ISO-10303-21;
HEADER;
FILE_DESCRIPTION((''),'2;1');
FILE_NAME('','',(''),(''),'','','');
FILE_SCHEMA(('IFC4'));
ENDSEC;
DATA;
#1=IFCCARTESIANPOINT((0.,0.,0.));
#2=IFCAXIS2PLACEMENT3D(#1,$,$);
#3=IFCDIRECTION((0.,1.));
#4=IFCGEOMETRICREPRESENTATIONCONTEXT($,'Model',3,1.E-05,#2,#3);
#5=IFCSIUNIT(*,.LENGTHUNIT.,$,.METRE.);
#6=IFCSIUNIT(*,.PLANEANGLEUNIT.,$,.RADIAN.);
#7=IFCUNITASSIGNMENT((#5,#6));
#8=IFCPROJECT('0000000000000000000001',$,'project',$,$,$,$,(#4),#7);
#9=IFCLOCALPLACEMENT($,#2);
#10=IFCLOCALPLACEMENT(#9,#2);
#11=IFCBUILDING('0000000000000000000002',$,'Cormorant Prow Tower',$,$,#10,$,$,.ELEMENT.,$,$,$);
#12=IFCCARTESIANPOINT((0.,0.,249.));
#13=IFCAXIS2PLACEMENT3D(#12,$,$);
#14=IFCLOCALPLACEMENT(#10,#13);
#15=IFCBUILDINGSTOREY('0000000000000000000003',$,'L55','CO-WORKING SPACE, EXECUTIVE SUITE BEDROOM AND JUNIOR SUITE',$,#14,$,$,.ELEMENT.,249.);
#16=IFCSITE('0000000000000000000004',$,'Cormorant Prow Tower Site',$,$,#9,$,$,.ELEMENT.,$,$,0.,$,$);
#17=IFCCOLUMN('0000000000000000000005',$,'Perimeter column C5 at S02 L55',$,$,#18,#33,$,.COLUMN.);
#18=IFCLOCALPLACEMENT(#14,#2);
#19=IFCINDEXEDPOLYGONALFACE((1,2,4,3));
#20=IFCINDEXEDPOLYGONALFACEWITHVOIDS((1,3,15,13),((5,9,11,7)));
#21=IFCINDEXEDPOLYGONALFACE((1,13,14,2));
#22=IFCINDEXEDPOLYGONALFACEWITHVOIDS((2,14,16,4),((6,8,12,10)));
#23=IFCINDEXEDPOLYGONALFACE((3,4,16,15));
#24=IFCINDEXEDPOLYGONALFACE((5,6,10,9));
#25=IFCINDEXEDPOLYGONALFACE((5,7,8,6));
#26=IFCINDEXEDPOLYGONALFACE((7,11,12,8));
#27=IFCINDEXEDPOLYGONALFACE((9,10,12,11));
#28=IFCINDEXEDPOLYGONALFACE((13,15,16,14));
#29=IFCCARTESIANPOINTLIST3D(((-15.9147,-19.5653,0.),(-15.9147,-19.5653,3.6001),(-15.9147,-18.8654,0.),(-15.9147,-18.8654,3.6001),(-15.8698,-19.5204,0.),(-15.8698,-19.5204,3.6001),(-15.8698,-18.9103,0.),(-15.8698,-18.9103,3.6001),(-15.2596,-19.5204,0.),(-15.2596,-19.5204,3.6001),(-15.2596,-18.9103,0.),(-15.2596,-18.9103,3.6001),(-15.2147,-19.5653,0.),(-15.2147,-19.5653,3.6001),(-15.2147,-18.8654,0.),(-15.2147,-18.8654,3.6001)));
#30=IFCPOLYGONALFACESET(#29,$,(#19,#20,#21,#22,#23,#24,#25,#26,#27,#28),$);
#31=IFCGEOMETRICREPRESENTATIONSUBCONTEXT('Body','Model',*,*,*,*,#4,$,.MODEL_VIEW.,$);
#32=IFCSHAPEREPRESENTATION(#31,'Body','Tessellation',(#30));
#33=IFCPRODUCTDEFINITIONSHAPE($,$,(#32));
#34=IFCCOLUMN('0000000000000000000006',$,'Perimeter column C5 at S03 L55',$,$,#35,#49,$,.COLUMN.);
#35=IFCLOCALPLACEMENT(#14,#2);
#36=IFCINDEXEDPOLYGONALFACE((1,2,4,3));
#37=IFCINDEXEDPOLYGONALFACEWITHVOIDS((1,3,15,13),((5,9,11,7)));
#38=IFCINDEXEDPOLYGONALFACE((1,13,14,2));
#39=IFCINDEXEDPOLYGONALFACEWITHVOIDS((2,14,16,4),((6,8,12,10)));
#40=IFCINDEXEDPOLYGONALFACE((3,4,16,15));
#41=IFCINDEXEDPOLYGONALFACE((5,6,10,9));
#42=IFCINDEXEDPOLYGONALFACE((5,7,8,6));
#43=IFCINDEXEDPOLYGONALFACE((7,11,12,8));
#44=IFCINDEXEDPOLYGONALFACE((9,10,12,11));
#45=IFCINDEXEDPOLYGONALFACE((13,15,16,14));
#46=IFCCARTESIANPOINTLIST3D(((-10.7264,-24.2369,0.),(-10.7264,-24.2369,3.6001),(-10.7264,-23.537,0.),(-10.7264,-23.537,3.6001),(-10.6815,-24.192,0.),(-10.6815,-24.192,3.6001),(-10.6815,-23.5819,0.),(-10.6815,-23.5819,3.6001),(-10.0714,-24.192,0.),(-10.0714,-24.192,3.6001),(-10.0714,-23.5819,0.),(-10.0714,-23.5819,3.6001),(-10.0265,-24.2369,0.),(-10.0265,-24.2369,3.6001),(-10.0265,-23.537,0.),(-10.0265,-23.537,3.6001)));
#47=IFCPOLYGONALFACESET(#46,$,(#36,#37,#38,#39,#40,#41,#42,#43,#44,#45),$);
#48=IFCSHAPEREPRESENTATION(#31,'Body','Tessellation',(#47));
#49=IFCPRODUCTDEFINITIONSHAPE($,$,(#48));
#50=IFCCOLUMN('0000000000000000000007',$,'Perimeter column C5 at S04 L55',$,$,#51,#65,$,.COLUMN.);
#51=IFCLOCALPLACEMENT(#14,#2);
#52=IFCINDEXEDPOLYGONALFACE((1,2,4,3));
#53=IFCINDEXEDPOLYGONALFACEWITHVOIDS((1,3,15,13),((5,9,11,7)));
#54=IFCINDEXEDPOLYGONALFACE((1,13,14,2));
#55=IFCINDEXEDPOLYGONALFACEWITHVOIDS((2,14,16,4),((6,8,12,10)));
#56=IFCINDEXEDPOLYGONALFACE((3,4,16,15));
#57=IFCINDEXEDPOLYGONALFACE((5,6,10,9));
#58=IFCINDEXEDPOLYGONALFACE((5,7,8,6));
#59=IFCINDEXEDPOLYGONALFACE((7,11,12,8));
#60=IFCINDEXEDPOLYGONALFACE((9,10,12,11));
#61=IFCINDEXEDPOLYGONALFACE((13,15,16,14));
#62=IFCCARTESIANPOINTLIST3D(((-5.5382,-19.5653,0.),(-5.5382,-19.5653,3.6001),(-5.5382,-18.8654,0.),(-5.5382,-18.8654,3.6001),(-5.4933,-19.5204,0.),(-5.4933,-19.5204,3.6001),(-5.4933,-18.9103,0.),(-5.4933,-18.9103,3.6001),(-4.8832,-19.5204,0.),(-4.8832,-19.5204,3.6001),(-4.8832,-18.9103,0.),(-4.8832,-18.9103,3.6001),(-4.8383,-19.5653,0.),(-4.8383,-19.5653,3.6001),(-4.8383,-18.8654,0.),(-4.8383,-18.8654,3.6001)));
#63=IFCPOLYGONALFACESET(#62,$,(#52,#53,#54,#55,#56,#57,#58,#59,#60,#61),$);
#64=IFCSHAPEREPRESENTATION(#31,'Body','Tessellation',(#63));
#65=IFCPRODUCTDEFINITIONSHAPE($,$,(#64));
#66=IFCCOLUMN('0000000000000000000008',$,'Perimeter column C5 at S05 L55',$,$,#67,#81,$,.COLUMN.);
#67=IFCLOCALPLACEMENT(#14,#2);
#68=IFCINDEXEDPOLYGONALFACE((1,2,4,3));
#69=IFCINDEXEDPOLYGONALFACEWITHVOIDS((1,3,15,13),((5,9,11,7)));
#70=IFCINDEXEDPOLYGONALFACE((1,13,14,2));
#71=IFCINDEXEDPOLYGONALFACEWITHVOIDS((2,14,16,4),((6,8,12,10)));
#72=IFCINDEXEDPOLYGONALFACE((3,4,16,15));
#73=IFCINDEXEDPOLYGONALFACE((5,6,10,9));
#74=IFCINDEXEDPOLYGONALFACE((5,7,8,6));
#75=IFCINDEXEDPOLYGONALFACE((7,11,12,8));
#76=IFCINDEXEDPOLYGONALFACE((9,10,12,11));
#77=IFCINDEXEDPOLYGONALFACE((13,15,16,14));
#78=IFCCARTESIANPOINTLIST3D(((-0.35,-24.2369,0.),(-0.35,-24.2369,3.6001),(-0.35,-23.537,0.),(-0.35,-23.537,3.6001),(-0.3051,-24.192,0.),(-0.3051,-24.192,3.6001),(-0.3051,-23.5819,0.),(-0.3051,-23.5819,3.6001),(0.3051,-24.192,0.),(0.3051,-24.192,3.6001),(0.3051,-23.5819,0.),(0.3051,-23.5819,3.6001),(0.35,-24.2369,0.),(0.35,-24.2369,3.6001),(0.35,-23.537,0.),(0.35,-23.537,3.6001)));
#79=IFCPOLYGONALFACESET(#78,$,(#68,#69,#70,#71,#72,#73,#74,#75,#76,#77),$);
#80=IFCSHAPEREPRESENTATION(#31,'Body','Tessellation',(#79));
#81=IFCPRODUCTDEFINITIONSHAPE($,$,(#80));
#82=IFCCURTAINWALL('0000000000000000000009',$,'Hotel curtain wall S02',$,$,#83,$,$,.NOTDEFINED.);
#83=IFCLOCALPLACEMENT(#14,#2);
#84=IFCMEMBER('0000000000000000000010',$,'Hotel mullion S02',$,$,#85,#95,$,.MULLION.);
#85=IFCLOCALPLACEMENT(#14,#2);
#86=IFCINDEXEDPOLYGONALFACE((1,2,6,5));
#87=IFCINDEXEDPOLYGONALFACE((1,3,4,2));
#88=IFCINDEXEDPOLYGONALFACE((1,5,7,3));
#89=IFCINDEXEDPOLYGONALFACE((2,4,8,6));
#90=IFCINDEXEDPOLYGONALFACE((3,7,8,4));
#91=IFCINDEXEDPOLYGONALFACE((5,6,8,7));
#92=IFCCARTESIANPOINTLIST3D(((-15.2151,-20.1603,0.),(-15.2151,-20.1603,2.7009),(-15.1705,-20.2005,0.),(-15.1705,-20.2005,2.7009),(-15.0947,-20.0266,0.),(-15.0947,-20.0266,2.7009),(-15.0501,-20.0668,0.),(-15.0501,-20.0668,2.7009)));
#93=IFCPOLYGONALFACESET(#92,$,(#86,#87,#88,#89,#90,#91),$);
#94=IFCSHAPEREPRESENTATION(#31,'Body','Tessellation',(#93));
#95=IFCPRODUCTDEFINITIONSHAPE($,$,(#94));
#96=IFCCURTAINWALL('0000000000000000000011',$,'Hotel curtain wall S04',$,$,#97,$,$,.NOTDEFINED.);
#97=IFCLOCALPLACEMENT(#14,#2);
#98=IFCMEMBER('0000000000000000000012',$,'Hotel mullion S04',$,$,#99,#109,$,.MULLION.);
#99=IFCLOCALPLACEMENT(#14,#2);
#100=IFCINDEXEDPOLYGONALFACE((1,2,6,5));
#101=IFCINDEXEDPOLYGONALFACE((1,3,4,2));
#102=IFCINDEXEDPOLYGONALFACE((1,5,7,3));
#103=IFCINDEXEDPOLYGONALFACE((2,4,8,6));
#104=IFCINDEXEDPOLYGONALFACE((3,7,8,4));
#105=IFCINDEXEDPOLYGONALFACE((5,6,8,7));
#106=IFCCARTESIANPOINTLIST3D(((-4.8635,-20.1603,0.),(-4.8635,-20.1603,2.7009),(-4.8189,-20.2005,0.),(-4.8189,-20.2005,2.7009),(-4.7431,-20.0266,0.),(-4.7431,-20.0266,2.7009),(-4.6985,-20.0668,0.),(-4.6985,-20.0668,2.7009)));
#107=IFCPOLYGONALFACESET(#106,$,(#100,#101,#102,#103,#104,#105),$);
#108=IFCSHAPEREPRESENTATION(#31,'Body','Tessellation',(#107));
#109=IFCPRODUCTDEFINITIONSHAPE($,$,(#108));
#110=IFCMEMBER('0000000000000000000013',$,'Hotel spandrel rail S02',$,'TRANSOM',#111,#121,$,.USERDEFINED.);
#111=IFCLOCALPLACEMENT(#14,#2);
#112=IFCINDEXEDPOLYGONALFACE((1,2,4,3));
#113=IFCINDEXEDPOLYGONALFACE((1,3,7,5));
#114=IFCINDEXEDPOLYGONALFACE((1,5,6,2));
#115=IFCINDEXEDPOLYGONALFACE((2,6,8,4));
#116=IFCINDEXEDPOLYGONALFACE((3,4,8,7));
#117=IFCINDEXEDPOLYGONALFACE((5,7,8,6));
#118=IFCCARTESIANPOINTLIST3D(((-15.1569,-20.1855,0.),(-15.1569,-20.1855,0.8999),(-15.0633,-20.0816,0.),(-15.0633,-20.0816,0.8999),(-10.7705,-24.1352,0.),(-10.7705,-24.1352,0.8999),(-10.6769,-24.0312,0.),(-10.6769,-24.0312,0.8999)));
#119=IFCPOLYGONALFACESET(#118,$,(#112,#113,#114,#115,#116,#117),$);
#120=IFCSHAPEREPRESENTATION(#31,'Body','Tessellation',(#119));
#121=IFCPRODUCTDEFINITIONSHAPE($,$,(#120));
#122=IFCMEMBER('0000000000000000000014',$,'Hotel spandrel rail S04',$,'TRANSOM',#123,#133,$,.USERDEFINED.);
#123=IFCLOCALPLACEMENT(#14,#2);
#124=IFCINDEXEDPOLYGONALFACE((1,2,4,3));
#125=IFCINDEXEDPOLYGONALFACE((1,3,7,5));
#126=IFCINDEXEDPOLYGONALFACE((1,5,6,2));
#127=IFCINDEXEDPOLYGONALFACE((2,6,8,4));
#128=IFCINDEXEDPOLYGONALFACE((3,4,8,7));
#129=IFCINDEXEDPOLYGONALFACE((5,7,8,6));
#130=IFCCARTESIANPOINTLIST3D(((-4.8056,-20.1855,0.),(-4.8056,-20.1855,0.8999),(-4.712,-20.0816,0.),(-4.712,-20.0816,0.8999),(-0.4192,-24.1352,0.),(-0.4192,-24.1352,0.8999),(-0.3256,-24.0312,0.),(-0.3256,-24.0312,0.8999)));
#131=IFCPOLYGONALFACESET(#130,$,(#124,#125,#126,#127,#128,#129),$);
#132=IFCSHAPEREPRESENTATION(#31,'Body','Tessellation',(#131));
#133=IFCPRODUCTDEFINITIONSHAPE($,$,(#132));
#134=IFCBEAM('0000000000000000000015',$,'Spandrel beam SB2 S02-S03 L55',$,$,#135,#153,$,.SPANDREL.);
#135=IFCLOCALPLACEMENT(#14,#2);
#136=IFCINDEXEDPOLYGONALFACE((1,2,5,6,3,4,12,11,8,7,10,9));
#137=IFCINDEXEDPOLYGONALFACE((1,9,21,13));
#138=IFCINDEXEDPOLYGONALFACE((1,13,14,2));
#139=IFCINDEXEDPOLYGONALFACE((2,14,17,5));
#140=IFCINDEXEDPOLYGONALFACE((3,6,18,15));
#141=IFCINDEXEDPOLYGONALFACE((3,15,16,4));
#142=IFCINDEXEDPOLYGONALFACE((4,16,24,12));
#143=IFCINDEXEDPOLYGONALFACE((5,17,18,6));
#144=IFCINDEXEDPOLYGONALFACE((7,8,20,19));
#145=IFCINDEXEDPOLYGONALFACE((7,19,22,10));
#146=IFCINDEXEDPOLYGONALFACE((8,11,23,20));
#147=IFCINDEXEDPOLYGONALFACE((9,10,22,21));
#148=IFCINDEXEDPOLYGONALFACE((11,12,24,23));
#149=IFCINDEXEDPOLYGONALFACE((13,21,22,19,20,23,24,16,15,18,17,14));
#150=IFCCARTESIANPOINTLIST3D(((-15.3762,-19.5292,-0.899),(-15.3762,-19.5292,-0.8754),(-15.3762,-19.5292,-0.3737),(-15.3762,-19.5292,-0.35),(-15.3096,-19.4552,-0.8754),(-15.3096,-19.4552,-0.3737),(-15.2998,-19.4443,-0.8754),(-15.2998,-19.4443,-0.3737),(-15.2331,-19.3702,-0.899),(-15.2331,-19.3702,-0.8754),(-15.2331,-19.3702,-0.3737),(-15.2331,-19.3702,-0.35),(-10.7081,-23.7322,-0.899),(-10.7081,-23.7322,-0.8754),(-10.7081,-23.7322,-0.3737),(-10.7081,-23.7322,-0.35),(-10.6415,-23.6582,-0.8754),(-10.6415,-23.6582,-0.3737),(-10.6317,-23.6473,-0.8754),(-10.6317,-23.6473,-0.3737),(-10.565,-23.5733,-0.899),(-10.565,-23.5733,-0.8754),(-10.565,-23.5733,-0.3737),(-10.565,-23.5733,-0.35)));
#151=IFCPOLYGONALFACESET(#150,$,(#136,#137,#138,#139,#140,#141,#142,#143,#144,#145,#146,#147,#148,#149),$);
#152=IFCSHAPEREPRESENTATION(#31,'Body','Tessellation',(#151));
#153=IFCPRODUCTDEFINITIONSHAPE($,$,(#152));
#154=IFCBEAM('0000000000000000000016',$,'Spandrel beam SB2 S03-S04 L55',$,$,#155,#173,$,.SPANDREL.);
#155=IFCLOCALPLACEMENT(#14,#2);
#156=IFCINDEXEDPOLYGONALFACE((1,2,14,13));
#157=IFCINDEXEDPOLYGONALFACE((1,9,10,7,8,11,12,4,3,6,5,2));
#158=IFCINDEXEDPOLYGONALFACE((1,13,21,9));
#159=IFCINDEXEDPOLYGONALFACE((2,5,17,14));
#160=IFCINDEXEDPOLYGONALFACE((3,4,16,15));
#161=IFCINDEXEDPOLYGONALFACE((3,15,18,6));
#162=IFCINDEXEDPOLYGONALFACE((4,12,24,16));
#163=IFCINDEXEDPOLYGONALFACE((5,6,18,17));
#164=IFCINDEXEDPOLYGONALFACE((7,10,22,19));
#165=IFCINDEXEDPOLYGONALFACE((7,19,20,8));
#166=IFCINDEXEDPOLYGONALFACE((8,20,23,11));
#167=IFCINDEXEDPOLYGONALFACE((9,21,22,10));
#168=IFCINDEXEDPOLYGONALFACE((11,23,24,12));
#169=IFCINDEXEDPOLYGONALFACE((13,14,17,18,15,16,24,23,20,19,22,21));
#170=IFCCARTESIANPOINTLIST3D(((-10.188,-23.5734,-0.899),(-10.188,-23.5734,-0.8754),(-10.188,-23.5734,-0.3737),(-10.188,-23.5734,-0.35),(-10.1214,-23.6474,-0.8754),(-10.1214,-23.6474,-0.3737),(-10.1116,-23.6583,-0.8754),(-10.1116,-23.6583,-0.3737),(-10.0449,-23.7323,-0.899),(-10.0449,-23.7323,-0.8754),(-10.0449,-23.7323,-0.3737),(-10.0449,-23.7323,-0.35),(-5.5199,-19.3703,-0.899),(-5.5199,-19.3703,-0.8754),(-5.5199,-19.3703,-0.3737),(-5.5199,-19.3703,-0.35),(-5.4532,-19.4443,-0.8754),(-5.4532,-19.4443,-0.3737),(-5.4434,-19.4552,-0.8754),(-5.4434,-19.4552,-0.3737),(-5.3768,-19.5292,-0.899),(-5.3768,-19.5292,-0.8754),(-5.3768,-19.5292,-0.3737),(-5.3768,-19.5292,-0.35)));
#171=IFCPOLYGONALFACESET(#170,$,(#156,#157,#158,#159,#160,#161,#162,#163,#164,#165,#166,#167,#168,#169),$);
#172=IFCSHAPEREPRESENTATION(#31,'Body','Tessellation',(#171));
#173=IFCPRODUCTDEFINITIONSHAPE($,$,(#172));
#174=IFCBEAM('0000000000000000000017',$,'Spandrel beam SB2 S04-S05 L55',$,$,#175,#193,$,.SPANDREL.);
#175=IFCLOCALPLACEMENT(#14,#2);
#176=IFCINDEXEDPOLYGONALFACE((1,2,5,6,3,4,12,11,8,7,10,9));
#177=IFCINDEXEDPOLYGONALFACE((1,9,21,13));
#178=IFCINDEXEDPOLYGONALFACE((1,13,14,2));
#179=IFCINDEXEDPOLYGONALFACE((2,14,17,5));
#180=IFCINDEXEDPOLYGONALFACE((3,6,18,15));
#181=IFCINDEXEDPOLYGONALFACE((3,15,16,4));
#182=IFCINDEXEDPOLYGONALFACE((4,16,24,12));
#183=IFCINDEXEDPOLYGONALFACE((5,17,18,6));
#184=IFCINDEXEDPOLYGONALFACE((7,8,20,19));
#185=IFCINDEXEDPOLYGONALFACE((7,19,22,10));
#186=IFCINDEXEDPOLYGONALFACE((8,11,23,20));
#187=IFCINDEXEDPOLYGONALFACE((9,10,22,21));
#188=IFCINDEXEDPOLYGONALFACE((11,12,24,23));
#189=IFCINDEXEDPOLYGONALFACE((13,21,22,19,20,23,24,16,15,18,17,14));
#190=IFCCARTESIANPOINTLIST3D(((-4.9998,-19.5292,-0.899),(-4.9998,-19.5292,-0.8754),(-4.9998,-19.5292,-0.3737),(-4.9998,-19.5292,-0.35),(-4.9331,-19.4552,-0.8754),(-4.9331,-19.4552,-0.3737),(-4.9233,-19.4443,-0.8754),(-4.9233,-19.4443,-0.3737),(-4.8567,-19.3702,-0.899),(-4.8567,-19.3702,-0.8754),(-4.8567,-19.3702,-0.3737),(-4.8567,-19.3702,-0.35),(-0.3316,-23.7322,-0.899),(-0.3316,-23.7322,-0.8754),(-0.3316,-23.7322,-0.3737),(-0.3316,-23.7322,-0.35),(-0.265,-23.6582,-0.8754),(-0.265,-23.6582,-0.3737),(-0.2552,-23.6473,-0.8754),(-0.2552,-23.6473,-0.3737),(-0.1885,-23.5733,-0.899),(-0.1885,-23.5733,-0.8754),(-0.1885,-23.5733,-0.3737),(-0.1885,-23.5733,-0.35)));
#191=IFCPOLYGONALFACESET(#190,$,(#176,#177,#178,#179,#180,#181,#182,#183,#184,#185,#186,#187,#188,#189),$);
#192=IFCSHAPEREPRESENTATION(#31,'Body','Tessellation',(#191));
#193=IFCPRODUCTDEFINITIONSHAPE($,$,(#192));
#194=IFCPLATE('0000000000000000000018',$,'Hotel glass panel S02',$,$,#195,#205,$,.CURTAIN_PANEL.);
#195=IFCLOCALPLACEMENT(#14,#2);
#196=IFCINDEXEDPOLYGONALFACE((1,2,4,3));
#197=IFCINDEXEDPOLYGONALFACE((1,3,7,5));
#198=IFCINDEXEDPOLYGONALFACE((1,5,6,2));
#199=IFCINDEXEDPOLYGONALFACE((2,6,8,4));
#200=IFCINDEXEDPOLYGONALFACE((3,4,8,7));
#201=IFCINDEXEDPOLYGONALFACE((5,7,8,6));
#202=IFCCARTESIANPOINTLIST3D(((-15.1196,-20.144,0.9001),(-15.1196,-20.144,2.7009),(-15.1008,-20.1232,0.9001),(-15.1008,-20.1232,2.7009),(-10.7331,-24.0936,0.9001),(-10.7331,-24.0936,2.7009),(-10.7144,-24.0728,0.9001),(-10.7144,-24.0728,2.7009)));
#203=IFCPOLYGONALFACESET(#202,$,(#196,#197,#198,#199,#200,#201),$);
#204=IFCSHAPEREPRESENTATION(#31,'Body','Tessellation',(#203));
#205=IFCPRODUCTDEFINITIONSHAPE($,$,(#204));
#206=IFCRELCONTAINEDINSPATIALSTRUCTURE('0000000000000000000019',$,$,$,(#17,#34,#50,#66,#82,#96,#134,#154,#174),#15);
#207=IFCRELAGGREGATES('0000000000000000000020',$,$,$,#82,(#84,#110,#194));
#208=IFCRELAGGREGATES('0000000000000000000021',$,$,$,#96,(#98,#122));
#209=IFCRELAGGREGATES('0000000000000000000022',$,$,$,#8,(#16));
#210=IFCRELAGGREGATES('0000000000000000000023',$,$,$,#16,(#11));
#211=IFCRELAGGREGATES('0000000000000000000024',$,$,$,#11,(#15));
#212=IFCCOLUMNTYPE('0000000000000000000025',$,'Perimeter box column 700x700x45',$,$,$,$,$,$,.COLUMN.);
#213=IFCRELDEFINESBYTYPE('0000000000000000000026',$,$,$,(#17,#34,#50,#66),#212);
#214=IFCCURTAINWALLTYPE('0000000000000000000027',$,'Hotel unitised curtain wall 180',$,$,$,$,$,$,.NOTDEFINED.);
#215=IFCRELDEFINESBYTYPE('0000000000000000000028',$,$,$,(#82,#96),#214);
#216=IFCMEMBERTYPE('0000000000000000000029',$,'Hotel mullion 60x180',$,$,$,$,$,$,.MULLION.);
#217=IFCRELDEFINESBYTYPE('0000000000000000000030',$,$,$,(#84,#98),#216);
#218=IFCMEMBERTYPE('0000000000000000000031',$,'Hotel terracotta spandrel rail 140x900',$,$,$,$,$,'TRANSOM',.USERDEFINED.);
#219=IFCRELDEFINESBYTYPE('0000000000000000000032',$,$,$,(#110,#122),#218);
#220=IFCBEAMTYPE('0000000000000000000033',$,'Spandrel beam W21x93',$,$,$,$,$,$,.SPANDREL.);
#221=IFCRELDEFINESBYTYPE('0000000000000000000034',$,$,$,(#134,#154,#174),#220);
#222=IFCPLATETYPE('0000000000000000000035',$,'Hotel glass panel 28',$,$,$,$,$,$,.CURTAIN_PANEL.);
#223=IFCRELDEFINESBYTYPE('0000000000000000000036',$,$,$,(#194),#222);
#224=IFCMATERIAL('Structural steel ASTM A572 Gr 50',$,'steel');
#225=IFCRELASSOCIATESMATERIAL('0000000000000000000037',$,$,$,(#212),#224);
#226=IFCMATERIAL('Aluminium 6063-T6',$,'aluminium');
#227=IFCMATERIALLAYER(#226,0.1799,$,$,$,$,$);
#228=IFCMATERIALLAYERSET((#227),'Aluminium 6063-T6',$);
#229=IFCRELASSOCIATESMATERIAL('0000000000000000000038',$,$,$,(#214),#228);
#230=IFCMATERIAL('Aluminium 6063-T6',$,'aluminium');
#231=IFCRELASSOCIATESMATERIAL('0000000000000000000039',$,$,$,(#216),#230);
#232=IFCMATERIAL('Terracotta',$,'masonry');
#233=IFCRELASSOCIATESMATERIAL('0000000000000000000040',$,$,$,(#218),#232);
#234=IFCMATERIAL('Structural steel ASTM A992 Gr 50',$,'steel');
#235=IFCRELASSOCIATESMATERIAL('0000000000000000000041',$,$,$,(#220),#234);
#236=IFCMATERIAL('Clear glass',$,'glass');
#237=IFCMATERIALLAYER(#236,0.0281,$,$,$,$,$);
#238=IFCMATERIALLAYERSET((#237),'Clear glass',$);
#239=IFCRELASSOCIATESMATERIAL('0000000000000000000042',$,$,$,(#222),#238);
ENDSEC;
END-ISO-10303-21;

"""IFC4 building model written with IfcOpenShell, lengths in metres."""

from ifc_helpers import new_model, si_unit, direction, frame, origin, origin_2d, place, context, subcontext, project, spatial, rectangle, hollow_rectangle, i_section, extrude, material, layer, layer_set, material_profile, profile_set, type_object, element, aggregate, save


model = new_model("IFC4")

# Units and contexts
model_context = context("Model", 3, precision=1e-05, world=origin(), true_north=direction((0.0, 1.0)))
body_context = subcontext(model_context, "Body", "Model", "MODEL_VIEW")
ifc_project = project(units=[si_unit("LENGTHUNIT", "METRE"), si_unit("PLANEANGLEUNIT", "RADIAN")], contexts=[model_context])

# Site, building, storey
site_placement = place(None, origin())
site = spatial("IfcSite", under=ifc_project, at=site_placement, Name="Cormorant Prow Tower Site", CompositionType="ELEMENT", RefElevation=0.0)
building_placement = place(site_placement, origin())
building = spatial("IfcBuilding", under=site, at=building_placement, Name="Cormorant Prow Tower", CompositionType="ELEMENT")
storey_placement = place(building_placement, frame((0.0, 0.0, 249.0)))
storey = spatial("IfcBuildingStorey", under=building, at=storey_placement, Name="L55", Description="CO-WORKING SPACE, EXECUTIVE SUITE BEDROOM AND JUNIOR SUITE", CompositionType="ELEMENT", Elevation=249.0)

# Columns
ifc_material_1 = material(Name="Structural steel ASTM A572 Gr 50", Category="steel")
ifc_material_profile_1 = material_profile(ifc_material_1, hollow_rectangle(XDim=0.7, YDim=0.7, WallThickness=0.0449, at=origin_2d()), Name="Box 700x700x45")
ifc_profile_set_1 = profile_set([ifc_material_profile_1], Name="Structural steel ASTM A572 Gr 50")
column_type = type_object("IfcColumnType", Name="Perimeter box column 700x700x45", PredefinedType="COLUMN", material=ifc_profile_set_1)
for number, where, z_axis, x_axis, name in (
    (1, (-15.5647, -19.2153, 0.0), (0.0, 0.0, 1.0), (1.0, 0.0, 0.0), "Perimeter column C5 at S02 L55"),
    (2, (-10.3765, -23.887, 0.0), (0.0, 0.0, 1.0), (1.0, 0.0, 0.0), "Perimeter column C5 at S03 L55"),
    (3, (-5.1882, -19.2153, 0.0), (0.0, 0.0, 1.0), (1.0, 0.0, 0.0), "Perimeter column C5 at S04 L55"),
    (4, (0.0, -23.887, 0.0), (0.0, 0.0, 1.0), (1.0, 0.0, 0.0), "Perimeter column C5 at S05 L55"),
):
    element("IfcColumn", number, at=place(storey_placement, frame(where, z_axis=z_axis, x_axis=x_axis)), inside=storey, type_object=column_type, Name=name, PredefinedType="COLUMN", context=body_context, shape_type="SweptSolid", body=[
        extrude(hollow_rectangle(XDim=0.7, YDim=0.7, WallThickness=0.0449, at=origin_2d()), origin(), (0.0, 0.0, 1.0), 3.6001),
    ])

# Curtain walls, members
ifc_material_2 = material(Name="Aluminium 6063-T6", Category="aluminium")
ifc_layer_1 = layer(ifc_material_2, 0.1799)
ifc_layer_set_1 = layer_set([ifc_layer_1], Name="Aluminium 6063-T6")
curtain_wall_type = type_object("IfcCurtainWallType", Name="Hotel unitised curtain wall 180", PredefinedType="NOTDEFINED", material=ifc_layer_set_1)
curtain_wall_1_placement = place(storey_placement, origin())
curtain_wall_1 = element("IfcCurtainWall", 5, at=curtain_wall_1_placement, inside=storey, type_object=curtain_wall_type, Name="Hotel curtain wall S02", PredefinedType="NOTDEFINED")
ifc_material_3 = material(Name="Aluminium 6063-T6", Category="aluminium")
ifc_material_profile_2 = material_profile(ifc_material_3, rectangle(XDim=0.1799, YDim=0.0601, at=origin_2d()), Name="Hotel mullion 60x180")
ifc_profile_set_2 = profile_set([ifc_material_profile_2], Name="Aluminium 6063-T6")
member_type_1 = type_object("IfcMemberType", Name="Hotel mullion 60x180", PredefinedType="MULLION", material=ifc_profile_set_2)
member_1_placement = place(storey_placement, frame((-15.1326, -20.1135, 0.0), z_axis=(0.0, 0.0, 1.0), x_axis=(0.669131, 0.743145, 0.0)))
member_1 = element("IfcMember", 6, at=member_1_placement, type_object=member_type_1, Name="Hotel mullion S02", PredefinedType="MULLION", context=body_context, shape_type="SweptSolid", body=[
    extrude(rectangle(XDim=0.1799, YDim=0.0601, at=origin_2d()), origin(), (0.0, 0.0, 1.0), 2.7009),
])
curtain_wall_2_placement = place(storey_placement, origin())
curtain_wall_2 = element("IfcCurtainWall", 7, at=curtain_wall_2_placement, inside=storey, type_object=curtain_wall_type, Name="Hotel curtain wall S04", PredefinedType="NOTDEFINED")
member_2_placement = place(storey_placement, frame((-4.781, -20.1135, 0.0), z_axis=(0.0, 0.0, 1.0), x_axis=(0.669131, 0.743145, 0.0)))
member_2 = element("IfcMember", 8, at=member_2_placement, type_object=member_type_1, Name="Hotel mullion S04", PredefinedType="MULLION", context=body_context, shape_type="SweptSolid", body=[
    extrude(rectangle(XDim=0.1799, YDim=0.0601, at=origin_2d()), origin(), (0.0, 0.0, 1.0), 2.7009),
])

# Members
ifc_material_4 = material(Name="Terracotta", Category="masonry")
ifc_material_profile_3 = material_profile(ifc_material_4, rectangle(XDim=0.1399, YDim=0.8999, at=origin_2d()), Name="Hotel terracotta spandrel rail 140x900")
ifc_profile_set_3 = profile_set([ifc_material_profile_3], Name="Terracotta")
member_type_2 = type_object("IfcMemberType", Name="Hotel terracotta spandrel rail 140x900", ElementType="TRANSOM", PredefinedType="USERDEFINED", material=ifc_profile_set_3)
member_3_placement = place(storey_placement, frame((-15.1101, -20.1335, 0.45), z_axis=(0.743136, -0.669141, 0.0), x_axis=(0.669141, 0.743136, 0.0)))
member_3 = element("IfcMember", 9, at=member_3_placement, type_object=member_type_2, Name="Hotel spandrel rail S02", ObjectType="TRANSOM", PredefinedType="USERDEFINED", context=body_context, shape_type="SweptSolid", body=[
    extrude(rectangle(XDim=0.1399, YDim=0.8999, at=origin_2d()), origin(), (0.0, 0.0, 1.0), 5.9026),
])
member_4_placement = place(storey_placement, frame((-4.7588, -20.1335, 0.45), z_axis=(0.743136, -0.669141, 0.0), x_axis=(0.669141, 0.743136, 0.0)))
member_4 = element("IfcMember", 10, at=member_4_placement, type_object=member_type_2, Name="Hotel spandrel rail S04", ObjectType="TRANSOM", PredefinedType="USERDEFINED", context=body_context, shape_type="SweptSolid", body=[
    extrude(rectangle(XDim=0.1399, YDim=0.8999, at=origin_2d()), origin(), (0.0, 0.0, 1.0), 5.9026),
])

# Beams
ifc_material_5 = material(Name="Structural steel ASTM A992 Gr 50", Category="steel")
ifc_material_profile_4 = material_profile(ifc_material_5, i_section(OverallWidth=0.2139, OverallDepth=0.5491, WebThickness=0.0146, FlangeThickness=0.0237, at=origin_2d()), Name="W21x93")
ifc_profile_set_4 = profile_set([ifc_material_profile_4], Name="Structural steel ASTM A992 Gr 50")
beam_type = type_object("IfcBeamType", Name="Spandrel beam W21x93", PredefinedType="SPANDREL", material=ifc_profile_set_4)
for number, where, z_axis, x_axis, name in (
    (11, (-15.3047, -19.4497, -0.6245), (0.743157, -0.669117, 0.0), (0.669117, 0.743157, 0.0), "Spandrel beam SB2 S02-S03 L55"),
    (12, (-10.1165, -23.6528, -0.6245), (0.743157, 0.669117, 0.0), (-0.669117, 0.743157, 0.0), "Spandrel beam SB2 S03-S04 L55"),
    (13, (-4.9282, -19.4497, -0.6245), (0.743157, -0.669117, 0.0), (0.669117, 0.743157, 0.0), "Spandrel beam SB2 S04-S05 L55"),
):
    element("IfcBeam", number, at=place(storey_placement, frame(where, z_axis=z_axis, x_axis=x_axis)), inside=storey, type_object=beam_type, Name=name, PredefinedType="SPANDREL", context=body_context, shape_type="SweptSolid", body=[
        extrude(i_section(OverallWidth=0.2139, OverallDepth=0.5491, WebThickness=0.0146, FlangeThickness=0.0237, at=origin_2d()), origin(), (0.0, 0.0, 1.0), 6.2815),
    ])

# Plate
ifc_material_6 = material(Name="Clear glass", Category="glass")
ifc_layer_2 = layer(ifc_material_6, 0.0281)
ifc_layer_set_2 = layer_set([ifc_layer_2], Name="Clear glass")
plate_type = type_object("IfcPlateType", Name="Hotel glass panel 28", PredefinedType="CURTAIN_PANEL", material=ifc_layer_set_2)
plate_1_placement = place(storey_placement, frame((-12.917, -22.1084, 0.9001), z_axis=(0.0, 0.0, 1.0), x_axis=(0.743145, -0.669131, 0.0)))
plate_1 = element("IfcPlate", 14, at=plate_1_placement, type_object=plate_type, Name="Hotel glass panel S02", PredefinedType="CURTAIN_PANEL", context=body_context, shape_type="SweptSolid", body=[
    extrude(rectangle(XDim=5.9026, YDim=0.0281, at=origin_2d()), origin(), (0.0, 0.0, 1.0), 1.8008),
])
aggregate(curtain_wall_1, [member_1, member_3, plate_1])
aggregate(curtain_wall_2, [member_2, member_4])

save(model, "model.ifc")
